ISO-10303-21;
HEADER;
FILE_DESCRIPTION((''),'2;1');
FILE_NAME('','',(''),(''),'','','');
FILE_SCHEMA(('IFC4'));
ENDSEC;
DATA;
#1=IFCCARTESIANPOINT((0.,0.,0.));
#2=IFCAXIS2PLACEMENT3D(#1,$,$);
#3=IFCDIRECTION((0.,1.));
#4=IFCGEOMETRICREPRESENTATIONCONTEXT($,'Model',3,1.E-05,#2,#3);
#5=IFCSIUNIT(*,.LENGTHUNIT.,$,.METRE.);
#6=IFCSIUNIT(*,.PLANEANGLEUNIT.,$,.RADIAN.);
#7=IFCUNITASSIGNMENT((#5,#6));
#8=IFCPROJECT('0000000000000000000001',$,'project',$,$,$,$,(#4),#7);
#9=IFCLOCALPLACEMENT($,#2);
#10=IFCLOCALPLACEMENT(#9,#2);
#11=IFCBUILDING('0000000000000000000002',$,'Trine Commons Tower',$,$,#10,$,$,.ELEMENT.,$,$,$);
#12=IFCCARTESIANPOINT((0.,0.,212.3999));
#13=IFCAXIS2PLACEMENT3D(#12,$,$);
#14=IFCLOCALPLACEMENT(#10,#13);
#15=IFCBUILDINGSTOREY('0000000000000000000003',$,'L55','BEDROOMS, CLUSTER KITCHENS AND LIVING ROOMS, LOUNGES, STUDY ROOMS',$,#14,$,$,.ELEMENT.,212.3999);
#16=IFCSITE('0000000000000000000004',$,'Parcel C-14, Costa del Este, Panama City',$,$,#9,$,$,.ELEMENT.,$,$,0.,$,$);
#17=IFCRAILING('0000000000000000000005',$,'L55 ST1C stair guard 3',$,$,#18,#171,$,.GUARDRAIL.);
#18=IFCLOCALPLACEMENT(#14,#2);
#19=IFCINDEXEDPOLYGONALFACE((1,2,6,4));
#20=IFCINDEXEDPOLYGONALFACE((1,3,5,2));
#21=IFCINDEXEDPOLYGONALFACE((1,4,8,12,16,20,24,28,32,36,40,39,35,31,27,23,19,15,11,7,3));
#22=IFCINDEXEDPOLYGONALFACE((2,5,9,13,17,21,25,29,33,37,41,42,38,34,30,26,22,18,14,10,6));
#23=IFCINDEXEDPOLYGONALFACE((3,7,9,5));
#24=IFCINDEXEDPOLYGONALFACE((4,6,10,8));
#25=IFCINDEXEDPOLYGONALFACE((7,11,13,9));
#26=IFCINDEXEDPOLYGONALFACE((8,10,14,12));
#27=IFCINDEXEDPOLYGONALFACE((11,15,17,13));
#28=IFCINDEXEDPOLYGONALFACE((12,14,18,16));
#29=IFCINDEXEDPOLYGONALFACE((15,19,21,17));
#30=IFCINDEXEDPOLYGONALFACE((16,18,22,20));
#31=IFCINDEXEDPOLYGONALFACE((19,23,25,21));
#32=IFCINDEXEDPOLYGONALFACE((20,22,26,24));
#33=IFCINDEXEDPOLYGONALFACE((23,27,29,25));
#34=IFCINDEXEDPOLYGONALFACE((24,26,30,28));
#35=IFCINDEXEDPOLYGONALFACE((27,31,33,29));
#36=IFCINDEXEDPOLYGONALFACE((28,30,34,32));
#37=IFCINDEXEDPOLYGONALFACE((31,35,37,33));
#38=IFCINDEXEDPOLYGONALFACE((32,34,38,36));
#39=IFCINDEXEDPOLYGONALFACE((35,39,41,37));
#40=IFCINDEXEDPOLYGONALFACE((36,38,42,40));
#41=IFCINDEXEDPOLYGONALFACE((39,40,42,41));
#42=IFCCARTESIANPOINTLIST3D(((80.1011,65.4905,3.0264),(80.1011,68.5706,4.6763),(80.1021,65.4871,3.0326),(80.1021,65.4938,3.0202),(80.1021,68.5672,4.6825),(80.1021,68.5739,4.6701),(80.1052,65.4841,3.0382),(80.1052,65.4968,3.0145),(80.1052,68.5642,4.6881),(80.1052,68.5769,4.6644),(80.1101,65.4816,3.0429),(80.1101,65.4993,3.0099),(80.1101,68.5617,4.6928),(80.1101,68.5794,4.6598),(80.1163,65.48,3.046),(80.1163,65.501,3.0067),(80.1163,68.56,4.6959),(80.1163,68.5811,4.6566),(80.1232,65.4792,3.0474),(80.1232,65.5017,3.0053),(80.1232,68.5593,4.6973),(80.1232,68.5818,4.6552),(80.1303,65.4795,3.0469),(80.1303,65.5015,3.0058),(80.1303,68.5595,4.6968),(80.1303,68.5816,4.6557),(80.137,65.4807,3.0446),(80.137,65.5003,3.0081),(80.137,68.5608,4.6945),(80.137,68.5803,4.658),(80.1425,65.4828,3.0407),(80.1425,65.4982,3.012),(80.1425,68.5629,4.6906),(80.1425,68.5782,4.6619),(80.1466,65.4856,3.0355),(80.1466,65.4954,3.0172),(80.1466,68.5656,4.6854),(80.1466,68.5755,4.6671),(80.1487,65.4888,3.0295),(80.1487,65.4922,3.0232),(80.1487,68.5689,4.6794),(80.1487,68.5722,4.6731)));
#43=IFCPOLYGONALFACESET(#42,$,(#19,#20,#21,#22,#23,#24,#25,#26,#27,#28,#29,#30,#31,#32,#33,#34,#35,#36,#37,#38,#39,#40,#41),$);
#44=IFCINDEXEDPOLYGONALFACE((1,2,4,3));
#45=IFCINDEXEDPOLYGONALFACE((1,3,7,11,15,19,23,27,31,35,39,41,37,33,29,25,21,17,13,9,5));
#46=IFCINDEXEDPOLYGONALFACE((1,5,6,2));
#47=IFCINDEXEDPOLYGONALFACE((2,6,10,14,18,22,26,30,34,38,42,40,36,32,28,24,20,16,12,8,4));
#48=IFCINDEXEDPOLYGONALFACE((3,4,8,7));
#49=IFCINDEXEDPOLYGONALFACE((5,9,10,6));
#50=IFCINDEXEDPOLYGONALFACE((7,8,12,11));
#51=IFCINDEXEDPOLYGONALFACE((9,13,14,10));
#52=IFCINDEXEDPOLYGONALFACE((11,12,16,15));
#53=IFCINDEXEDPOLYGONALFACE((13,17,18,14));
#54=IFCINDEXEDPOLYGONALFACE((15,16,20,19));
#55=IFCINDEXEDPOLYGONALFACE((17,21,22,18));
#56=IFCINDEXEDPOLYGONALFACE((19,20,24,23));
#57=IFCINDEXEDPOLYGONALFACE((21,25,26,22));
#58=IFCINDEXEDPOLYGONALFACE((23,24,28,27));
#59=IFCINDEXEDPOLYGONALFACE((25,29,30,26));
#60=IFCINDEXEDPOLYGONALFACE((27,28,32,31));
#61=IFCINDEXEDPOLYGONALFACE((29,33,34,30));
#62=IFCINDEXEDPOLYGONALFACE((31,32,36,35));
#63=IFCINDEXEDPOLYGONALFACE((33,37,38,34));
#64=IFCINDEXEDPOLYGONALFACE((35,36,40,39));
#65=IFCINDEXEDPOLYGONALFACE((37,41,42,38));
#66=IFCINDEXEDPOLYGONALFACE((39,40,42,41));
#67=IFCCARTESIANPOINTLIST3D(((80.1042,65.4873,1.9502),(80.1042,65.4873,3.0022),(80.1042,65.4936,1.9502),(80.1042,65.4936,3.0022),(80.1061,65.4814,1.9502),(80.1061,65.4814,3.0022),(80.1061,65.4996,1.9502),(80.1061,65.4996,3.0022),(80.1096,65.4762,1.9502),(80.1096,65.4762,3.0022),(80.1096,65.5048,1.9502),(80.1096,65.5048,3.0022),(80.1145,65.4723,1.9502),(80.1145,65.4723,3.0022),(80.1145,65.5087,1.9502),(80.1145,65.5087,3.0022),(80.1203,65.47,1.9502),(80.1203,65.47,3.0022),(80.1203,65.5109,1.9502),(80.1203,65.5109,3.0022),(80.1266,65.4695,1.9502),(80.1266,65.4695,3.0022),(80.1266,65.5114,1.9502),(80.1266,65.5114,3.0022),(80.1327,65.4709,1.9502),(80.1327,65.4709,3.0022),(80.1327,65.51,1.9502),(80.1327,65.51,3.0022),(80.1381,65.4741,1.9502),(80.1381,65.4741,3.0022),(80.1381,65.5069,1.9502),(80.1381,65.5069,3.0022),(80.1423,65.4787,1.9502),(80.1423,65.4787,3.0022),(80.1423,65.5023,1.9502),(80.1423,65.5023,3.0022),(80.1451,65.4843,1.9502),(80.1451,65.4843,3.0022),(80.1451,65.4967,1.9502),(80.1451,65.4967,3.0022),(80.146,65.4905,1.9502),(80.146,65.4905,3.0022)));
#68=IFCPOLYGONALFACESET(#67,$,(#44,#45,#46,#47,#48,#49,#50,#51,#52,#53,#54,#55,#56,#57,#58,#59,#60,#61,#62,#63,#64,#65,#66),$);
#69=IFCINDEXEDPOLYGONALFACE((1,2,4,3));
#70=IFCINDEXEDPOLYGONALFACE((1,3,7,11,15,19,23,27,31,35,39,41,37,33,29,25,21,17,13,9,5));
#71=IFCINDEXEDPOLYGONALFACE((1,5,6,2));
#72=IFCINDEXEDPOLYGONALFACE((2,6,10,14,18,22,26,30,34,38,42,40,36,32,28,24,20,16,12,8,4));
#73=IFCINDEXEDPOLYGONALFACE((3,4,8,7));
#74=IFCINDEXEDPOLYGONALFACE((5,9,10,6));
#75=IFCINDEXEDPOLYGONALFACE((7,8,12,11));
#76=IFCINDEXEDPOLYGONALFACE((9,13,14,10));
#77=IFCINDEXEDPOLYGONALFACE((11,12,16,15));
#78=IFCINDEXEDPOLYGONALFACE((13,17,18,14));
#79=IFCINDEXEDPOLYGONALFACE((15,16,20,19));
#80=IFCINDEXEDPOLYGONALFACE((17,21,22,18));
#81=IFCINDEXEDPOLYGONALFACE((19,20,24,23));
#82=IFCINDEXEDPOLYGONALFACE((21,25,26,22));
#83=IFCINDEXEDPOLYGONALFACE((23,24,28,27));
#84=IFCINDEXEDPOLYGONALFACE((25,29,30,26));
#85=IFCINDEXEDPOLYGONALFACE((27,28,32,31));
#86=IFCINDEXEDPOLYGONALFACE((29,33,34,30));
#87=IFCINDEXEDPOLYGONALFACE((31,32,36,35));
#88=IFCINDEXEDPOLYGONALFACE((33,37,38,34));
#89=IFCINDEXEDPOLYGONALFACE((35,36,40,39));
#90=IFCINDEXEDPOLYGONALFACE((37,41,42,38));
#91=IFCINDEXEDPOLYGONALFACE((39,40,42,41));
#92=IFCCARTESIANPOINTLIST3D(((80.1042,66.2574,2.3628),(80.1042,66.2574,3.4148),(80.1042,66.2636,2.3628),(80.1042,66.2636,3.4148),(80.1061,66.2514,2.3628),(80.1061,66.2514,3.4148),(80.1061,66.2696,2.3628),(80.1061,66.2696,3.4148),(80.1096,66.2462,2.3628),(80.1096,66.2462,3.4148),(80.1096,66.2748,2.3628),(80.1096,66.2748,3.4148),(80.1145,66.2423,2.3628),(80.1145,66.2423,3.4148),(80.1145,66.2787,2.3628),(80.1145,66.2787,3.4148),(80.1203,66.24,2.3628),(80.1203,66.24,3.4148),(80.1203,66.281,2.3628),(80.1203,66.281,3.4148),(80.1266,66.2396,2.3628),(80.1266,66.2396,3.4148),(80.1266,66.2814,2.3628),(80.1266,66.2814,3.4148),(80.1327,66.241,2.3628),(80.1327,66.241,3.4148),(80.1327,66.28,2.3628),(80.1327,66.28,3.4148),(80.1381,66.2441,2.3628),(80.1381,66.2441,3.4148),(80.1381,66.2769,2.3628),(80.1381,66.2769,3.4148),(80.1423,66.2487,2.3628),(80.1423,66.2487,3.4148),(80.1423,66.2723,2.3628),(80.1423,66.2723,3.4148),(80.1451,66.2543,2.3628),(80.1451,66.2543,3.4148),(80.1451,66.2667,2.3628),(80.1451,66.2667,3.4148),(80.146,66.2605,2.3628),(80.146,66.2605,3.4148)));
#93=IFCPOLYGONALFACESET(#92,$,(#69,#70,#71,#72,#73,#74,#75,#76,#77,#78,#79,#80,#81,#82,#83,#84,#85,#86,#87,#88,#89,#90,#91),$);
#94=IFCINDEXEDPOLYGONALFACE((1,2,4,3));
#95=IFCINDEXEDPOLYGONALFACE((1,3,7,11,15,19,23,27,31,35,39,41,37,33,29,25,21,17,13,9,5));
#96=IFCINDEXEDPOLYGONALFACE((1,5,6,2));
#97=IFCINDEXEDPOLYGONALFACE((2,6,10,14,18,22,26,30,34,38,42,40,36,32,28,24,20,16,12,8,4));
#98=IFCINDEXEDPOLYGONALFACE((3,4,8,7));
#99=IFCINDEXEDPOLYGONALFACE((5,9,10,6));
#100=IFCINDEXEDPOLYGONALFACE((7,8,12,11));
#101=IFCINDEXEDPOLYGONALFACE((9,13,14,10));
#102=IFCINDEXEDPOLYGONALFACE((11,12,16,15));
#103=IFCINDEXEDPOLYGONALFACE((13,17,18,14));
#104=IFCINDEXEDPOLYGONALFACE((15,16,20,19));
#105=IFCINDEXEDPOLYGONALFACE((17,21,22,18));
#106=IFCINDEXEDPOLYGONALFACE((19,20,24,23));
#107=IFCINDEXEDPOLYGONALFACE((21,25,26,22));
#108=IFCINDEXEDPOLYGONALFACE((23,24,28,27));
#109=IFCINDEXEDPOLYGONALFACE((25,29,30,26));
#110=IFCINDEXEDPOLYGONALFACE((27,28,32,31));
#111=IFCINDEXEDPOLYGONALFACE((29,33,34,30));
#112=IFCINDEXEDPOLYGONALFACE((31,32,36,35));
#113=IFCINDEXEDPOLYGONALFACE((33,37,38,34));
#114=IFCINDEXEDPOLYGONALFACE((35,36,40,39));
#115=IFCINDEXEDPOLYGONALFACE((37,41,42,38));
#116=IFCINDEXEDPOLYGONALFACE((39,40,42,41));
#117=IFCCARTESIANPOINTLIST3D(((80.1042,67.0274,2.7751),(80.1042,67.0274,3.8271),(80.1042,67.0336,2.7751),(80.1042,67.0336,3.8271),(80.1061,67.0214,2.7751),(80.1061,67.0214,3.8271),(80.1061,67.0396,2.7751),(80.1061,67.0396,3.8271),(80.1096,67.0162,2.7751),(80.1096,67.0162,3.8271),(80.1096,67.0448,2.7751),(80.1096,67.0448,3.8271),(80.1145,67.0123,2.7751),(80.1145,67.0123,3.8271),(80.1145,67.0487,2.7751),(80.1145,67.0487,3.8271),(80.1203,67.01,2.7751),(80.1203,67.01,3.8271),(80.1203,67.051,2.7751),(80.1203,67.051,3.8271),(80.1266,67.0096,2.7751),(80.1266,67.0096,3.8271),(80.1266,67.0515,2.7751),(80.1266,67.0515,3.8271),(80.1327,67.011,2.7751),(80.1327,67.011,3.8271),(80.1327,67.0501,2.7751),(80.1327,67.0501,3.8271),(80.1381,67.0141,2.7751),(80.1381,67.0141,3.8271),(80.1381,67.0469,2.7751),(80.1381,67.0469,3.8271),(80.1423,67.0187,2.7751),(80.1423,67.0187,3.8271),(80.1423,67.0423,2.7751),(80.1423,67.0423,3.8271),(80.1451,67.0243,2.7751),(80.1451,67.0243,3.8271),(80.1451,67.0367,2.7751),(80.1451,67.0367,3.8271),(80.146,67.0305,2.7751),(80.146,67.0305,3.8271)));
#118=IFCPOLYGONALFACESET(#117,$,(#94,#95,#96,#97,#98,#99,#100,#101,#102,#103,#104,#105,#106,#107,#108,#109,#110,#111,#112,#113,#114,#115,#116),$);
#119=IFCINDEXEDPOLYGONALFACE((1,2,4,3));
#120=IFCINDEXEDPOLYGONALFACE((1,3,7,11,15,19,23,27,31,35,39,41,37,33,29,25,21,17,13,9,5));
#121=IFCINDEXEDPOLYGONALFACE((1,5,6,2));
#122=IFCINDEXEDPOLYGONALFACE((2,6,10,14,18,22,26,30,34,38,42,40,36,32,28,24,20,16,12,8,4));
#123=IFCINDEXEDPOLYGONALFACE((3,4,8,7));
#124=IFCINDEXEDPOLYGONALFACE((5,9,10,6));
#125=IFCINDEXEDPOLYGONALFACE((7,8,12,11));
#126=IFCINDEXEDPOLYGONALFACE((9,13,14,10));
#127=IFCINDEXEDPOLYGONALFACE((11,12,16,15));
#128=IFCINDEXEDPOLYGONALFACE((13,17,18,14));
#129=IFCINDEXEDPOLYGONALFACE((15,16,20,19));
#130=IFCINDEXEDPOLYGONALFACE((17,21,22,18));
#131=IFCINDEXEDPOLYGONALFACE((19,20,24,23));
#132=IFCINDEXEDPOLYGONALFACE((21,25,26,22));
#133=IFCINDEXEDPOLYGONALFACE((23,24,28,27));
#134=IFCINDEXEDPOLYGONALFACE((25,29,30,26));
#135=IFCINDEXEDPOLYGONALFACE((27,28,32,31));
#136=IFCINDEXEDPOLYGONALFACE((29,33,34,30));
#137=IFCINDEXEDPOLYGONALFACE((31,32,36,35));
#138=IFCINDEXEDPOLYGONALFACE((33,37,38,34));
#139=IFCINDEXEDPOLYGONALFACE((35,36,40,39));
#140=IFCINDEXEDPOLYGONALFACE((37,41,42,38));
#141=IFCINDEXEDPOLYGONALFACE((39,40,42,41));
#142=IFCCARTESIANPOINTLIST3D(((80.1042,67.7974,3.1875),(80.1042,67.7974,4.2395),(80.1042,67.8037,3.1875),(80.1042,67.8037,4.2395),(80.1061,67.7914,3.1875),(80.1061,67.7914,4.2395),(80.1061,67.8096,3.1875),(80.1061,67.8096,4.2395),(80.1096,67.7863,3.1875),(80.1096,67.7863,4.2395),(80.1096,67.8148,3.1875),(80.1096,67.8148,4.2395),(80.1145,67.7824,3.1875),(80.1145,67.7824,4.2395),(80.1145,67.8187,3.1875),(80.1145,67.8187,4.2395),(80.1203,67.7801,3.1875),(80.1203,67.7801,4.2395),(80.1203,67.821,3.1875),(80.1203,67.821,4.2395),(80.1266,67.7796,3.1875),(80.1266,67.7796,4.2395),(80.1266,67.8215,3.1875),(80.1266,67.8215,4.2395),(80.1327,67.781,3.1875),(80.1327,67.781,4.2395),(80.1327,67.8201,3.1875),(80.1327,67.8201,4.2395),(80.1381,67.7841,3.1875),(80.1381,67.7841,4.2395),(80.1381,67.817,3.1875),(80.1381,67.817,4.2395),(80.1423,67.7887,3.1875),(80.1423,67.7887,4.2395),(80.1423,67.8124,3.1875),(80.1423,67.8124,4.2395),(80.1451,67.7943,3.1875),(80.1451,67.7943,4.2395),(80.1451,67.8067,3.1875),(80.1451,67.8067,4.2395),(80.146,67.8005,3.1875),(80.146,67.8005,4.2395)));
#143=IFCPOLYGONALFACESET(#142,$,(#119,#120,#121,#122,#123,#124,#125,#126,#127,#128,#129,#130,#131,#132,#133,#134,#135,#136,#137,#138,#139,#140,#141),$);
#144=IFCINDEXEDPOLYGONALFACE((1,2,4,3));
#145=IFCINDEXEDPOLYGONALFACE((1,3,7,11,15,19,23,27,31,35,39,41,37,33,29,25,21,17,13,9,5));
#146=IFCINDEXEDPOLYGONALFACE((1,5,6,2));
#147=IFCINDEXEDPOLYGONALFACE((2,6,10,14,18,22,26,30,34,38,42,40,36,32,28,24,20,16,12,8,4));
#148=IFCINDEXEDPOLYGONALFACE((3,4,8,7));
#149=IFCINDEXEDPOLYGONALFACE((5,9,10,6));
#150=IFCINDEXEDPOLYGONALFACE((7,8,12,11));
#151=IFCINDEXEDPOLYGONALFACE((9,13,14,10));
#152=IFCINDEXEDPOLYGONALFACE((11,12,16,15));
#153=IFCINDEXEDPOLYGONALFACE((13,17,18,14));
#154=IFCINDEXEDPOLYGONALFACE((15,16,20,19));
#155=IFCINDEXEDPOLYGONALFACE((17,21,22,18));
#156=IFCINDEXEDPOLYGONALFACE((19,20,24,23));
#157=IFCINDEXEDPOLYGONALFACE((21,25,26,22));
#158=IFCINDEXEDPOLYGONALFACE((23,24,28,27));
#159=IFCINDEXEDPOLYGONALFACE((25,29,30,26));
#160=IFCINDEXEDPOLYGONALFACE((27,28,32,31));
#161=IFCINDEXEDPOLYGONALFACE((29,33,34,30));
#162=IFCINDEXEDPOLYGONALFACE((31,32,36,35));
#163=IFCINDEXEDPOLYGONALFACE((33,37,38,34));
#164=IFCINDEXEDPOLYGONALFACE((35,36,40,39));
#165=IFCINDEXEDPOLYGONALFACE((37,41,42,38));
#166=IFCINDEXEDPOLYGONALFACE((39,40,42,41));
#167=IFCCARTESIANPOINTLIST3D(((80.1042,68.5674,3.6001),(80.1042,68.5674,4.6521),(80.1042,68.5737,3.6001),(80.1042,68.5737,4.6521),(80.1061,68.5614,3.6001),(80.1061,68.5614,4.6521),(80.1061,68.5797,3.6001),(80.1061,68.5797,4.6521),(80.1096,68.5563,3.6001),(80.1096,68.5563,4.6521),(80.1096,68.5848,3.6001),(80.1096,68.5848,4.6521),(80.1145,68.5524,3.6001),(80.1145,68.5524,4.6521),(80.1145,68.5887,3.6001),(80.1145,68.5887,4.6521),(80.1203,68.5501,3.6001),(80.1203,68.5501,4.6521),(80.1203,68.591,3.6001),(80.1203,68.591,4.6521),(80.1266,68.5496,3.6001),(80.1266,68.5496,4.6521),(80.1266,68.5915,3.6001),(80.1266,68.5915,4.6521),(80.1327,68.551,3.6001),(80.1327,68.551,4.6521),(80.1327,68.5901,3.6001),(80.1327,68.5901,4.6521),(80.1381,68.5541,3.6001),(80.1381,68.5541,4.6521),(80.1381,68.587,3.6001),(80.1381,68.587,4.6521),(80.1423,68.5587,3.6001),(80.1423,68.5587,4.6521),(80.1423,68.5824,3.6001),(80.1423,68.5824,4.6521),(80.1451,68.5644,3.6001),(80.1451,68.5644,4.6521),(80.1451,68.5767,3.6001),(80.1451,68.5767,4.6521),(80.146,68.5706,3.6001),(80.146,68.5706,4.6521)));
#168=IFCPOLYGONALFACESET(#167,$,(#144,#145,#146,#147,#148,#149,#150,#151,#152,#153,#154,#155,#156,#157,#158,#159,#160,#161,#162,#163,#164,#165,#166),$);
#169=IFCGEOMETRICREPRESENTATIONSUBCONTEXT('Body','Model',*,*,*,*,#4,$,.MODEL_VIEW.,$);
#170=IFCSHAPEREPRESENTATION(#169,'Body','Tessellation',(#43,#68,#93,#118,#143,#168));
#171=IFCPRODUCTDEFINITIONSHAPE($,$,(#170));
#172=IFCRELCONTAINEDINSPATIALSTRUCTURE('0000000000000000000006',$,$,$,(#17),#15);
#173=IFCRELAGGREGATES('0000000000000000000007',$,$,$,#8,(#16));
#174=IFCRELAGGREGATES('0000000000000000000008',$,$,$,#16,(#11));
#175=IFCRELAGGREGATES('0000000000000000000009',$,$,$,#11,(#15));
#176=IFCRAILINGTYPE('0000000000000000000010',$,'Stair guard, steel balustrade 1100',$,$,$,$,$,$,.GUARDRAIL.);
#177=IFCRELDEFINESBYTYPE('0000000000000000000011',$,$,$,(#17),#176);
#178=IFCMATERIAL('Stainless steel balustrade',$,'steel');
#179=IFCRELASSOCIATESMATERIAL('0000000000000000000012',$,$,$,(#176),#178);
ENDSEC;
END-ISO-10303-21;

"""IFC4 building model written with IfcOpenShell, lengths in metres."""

from ifc_helpers import new_model, si_unit, direction, frame, origin, origin_2d, place, context, subcontext, project, spatial, circle, extrude, material, type_object, element, save


model = new_model("IFC4")

# Units and contexts
model_context = context("Model", 3, precision=1e-05, world=origin(), true_north=direction((0.0, 1.0)))
body_context = subcontext(model_context, "Body", "Model", "MODEL_VIEW")
ifc_project = project(units=[si_unit("LENGTHUNIT", "METRE"), si_unit("PLANEANGLEUNIT", "RADIAN")], contexts=[model_context])

# Site, building, storey
site_placement = place(None, origin())
site = spatial("IfcSite", under=ifc_project, at=site_placement, Name="Parcel C-14, Costa del Este, Panama City", CompositionType="ELEMENT", RefElevation=0.0)
building_placement = place(site_placement, origin())
building = spatial("IfcBuilding", under=site, at=building_placement, Name="Trine Commons Tower", CompositionType="ELEMENT")
storey_placement = place(building_placement, frame((0.0, 0.0, 212.3999)))
storey = spatial("IfcBuildingStorey", under=building, at=storey_placement, Name="L55", Description="BEDROOMS, CLUSTER KITCHENS AND LIVING ROOMS, LOUNGES, STUDY ROOMS", CompositionType="ELEMENT", Elevation=212.3999)

# Railing
ifc_material_1 = material(Name="Stainless steel balustrade", Category="steel")
railing_type_1 = type_object("IfcRailingType", Name="Stair guard, steel balustrade 1100", PredefinedType="GUARDRAIL", material=ifc_material_1)
railing_1_placement = place(storey_placement, frame((80.125, 65.4905, 1.9502)))
element("IfcRailing", 1, at=railing_1_placement, inside=storey, type_object=railing_type_1, Name="L55 ST1C stair guard 3", PredefinedType="GUARDRAIL", context=body_context, shape_type="SweptSolid", body=[
    extrude(circle(Radius=0.0239, at=origin_2d()), frame((0.0, 0.0, 1.0762), z_axis=(0.0, 0.881497, 0.47219), x_axis=(-1.0, 0.0, 0.0)), (0.0, 0.0, 1.0), 3.4941),
    extrude(circle(Radius=0.021, at=origin_2d()), origin(), (0.0, 0.0, 1.0), 1.052),
    extrude(circle(Radius=0.021, at=origin_2d()), frame((0.0, 0.77, 0.4126)), (0.0, 0.0, 1.0), 1.052),
    extrude(circle(Radius=0.021, at=origin_2d()), frame((0.0, 1.54, 0.825)), (0.0, 0.0, 1.0), 1.052),
    extrude(circle(Radius=0.021, at=origin_2d()), frame((0.0, 2.3101, 1.2373)), (0.0, 0.0, 1.0), 1.052),
    extrude(circle(Radius=0.021, at=origin_2d()), frame((0.0, 3.0801, 1.6499)), (0.0, 0.0, 1.0), 1.052),
])

save(model, "model.ifc")
